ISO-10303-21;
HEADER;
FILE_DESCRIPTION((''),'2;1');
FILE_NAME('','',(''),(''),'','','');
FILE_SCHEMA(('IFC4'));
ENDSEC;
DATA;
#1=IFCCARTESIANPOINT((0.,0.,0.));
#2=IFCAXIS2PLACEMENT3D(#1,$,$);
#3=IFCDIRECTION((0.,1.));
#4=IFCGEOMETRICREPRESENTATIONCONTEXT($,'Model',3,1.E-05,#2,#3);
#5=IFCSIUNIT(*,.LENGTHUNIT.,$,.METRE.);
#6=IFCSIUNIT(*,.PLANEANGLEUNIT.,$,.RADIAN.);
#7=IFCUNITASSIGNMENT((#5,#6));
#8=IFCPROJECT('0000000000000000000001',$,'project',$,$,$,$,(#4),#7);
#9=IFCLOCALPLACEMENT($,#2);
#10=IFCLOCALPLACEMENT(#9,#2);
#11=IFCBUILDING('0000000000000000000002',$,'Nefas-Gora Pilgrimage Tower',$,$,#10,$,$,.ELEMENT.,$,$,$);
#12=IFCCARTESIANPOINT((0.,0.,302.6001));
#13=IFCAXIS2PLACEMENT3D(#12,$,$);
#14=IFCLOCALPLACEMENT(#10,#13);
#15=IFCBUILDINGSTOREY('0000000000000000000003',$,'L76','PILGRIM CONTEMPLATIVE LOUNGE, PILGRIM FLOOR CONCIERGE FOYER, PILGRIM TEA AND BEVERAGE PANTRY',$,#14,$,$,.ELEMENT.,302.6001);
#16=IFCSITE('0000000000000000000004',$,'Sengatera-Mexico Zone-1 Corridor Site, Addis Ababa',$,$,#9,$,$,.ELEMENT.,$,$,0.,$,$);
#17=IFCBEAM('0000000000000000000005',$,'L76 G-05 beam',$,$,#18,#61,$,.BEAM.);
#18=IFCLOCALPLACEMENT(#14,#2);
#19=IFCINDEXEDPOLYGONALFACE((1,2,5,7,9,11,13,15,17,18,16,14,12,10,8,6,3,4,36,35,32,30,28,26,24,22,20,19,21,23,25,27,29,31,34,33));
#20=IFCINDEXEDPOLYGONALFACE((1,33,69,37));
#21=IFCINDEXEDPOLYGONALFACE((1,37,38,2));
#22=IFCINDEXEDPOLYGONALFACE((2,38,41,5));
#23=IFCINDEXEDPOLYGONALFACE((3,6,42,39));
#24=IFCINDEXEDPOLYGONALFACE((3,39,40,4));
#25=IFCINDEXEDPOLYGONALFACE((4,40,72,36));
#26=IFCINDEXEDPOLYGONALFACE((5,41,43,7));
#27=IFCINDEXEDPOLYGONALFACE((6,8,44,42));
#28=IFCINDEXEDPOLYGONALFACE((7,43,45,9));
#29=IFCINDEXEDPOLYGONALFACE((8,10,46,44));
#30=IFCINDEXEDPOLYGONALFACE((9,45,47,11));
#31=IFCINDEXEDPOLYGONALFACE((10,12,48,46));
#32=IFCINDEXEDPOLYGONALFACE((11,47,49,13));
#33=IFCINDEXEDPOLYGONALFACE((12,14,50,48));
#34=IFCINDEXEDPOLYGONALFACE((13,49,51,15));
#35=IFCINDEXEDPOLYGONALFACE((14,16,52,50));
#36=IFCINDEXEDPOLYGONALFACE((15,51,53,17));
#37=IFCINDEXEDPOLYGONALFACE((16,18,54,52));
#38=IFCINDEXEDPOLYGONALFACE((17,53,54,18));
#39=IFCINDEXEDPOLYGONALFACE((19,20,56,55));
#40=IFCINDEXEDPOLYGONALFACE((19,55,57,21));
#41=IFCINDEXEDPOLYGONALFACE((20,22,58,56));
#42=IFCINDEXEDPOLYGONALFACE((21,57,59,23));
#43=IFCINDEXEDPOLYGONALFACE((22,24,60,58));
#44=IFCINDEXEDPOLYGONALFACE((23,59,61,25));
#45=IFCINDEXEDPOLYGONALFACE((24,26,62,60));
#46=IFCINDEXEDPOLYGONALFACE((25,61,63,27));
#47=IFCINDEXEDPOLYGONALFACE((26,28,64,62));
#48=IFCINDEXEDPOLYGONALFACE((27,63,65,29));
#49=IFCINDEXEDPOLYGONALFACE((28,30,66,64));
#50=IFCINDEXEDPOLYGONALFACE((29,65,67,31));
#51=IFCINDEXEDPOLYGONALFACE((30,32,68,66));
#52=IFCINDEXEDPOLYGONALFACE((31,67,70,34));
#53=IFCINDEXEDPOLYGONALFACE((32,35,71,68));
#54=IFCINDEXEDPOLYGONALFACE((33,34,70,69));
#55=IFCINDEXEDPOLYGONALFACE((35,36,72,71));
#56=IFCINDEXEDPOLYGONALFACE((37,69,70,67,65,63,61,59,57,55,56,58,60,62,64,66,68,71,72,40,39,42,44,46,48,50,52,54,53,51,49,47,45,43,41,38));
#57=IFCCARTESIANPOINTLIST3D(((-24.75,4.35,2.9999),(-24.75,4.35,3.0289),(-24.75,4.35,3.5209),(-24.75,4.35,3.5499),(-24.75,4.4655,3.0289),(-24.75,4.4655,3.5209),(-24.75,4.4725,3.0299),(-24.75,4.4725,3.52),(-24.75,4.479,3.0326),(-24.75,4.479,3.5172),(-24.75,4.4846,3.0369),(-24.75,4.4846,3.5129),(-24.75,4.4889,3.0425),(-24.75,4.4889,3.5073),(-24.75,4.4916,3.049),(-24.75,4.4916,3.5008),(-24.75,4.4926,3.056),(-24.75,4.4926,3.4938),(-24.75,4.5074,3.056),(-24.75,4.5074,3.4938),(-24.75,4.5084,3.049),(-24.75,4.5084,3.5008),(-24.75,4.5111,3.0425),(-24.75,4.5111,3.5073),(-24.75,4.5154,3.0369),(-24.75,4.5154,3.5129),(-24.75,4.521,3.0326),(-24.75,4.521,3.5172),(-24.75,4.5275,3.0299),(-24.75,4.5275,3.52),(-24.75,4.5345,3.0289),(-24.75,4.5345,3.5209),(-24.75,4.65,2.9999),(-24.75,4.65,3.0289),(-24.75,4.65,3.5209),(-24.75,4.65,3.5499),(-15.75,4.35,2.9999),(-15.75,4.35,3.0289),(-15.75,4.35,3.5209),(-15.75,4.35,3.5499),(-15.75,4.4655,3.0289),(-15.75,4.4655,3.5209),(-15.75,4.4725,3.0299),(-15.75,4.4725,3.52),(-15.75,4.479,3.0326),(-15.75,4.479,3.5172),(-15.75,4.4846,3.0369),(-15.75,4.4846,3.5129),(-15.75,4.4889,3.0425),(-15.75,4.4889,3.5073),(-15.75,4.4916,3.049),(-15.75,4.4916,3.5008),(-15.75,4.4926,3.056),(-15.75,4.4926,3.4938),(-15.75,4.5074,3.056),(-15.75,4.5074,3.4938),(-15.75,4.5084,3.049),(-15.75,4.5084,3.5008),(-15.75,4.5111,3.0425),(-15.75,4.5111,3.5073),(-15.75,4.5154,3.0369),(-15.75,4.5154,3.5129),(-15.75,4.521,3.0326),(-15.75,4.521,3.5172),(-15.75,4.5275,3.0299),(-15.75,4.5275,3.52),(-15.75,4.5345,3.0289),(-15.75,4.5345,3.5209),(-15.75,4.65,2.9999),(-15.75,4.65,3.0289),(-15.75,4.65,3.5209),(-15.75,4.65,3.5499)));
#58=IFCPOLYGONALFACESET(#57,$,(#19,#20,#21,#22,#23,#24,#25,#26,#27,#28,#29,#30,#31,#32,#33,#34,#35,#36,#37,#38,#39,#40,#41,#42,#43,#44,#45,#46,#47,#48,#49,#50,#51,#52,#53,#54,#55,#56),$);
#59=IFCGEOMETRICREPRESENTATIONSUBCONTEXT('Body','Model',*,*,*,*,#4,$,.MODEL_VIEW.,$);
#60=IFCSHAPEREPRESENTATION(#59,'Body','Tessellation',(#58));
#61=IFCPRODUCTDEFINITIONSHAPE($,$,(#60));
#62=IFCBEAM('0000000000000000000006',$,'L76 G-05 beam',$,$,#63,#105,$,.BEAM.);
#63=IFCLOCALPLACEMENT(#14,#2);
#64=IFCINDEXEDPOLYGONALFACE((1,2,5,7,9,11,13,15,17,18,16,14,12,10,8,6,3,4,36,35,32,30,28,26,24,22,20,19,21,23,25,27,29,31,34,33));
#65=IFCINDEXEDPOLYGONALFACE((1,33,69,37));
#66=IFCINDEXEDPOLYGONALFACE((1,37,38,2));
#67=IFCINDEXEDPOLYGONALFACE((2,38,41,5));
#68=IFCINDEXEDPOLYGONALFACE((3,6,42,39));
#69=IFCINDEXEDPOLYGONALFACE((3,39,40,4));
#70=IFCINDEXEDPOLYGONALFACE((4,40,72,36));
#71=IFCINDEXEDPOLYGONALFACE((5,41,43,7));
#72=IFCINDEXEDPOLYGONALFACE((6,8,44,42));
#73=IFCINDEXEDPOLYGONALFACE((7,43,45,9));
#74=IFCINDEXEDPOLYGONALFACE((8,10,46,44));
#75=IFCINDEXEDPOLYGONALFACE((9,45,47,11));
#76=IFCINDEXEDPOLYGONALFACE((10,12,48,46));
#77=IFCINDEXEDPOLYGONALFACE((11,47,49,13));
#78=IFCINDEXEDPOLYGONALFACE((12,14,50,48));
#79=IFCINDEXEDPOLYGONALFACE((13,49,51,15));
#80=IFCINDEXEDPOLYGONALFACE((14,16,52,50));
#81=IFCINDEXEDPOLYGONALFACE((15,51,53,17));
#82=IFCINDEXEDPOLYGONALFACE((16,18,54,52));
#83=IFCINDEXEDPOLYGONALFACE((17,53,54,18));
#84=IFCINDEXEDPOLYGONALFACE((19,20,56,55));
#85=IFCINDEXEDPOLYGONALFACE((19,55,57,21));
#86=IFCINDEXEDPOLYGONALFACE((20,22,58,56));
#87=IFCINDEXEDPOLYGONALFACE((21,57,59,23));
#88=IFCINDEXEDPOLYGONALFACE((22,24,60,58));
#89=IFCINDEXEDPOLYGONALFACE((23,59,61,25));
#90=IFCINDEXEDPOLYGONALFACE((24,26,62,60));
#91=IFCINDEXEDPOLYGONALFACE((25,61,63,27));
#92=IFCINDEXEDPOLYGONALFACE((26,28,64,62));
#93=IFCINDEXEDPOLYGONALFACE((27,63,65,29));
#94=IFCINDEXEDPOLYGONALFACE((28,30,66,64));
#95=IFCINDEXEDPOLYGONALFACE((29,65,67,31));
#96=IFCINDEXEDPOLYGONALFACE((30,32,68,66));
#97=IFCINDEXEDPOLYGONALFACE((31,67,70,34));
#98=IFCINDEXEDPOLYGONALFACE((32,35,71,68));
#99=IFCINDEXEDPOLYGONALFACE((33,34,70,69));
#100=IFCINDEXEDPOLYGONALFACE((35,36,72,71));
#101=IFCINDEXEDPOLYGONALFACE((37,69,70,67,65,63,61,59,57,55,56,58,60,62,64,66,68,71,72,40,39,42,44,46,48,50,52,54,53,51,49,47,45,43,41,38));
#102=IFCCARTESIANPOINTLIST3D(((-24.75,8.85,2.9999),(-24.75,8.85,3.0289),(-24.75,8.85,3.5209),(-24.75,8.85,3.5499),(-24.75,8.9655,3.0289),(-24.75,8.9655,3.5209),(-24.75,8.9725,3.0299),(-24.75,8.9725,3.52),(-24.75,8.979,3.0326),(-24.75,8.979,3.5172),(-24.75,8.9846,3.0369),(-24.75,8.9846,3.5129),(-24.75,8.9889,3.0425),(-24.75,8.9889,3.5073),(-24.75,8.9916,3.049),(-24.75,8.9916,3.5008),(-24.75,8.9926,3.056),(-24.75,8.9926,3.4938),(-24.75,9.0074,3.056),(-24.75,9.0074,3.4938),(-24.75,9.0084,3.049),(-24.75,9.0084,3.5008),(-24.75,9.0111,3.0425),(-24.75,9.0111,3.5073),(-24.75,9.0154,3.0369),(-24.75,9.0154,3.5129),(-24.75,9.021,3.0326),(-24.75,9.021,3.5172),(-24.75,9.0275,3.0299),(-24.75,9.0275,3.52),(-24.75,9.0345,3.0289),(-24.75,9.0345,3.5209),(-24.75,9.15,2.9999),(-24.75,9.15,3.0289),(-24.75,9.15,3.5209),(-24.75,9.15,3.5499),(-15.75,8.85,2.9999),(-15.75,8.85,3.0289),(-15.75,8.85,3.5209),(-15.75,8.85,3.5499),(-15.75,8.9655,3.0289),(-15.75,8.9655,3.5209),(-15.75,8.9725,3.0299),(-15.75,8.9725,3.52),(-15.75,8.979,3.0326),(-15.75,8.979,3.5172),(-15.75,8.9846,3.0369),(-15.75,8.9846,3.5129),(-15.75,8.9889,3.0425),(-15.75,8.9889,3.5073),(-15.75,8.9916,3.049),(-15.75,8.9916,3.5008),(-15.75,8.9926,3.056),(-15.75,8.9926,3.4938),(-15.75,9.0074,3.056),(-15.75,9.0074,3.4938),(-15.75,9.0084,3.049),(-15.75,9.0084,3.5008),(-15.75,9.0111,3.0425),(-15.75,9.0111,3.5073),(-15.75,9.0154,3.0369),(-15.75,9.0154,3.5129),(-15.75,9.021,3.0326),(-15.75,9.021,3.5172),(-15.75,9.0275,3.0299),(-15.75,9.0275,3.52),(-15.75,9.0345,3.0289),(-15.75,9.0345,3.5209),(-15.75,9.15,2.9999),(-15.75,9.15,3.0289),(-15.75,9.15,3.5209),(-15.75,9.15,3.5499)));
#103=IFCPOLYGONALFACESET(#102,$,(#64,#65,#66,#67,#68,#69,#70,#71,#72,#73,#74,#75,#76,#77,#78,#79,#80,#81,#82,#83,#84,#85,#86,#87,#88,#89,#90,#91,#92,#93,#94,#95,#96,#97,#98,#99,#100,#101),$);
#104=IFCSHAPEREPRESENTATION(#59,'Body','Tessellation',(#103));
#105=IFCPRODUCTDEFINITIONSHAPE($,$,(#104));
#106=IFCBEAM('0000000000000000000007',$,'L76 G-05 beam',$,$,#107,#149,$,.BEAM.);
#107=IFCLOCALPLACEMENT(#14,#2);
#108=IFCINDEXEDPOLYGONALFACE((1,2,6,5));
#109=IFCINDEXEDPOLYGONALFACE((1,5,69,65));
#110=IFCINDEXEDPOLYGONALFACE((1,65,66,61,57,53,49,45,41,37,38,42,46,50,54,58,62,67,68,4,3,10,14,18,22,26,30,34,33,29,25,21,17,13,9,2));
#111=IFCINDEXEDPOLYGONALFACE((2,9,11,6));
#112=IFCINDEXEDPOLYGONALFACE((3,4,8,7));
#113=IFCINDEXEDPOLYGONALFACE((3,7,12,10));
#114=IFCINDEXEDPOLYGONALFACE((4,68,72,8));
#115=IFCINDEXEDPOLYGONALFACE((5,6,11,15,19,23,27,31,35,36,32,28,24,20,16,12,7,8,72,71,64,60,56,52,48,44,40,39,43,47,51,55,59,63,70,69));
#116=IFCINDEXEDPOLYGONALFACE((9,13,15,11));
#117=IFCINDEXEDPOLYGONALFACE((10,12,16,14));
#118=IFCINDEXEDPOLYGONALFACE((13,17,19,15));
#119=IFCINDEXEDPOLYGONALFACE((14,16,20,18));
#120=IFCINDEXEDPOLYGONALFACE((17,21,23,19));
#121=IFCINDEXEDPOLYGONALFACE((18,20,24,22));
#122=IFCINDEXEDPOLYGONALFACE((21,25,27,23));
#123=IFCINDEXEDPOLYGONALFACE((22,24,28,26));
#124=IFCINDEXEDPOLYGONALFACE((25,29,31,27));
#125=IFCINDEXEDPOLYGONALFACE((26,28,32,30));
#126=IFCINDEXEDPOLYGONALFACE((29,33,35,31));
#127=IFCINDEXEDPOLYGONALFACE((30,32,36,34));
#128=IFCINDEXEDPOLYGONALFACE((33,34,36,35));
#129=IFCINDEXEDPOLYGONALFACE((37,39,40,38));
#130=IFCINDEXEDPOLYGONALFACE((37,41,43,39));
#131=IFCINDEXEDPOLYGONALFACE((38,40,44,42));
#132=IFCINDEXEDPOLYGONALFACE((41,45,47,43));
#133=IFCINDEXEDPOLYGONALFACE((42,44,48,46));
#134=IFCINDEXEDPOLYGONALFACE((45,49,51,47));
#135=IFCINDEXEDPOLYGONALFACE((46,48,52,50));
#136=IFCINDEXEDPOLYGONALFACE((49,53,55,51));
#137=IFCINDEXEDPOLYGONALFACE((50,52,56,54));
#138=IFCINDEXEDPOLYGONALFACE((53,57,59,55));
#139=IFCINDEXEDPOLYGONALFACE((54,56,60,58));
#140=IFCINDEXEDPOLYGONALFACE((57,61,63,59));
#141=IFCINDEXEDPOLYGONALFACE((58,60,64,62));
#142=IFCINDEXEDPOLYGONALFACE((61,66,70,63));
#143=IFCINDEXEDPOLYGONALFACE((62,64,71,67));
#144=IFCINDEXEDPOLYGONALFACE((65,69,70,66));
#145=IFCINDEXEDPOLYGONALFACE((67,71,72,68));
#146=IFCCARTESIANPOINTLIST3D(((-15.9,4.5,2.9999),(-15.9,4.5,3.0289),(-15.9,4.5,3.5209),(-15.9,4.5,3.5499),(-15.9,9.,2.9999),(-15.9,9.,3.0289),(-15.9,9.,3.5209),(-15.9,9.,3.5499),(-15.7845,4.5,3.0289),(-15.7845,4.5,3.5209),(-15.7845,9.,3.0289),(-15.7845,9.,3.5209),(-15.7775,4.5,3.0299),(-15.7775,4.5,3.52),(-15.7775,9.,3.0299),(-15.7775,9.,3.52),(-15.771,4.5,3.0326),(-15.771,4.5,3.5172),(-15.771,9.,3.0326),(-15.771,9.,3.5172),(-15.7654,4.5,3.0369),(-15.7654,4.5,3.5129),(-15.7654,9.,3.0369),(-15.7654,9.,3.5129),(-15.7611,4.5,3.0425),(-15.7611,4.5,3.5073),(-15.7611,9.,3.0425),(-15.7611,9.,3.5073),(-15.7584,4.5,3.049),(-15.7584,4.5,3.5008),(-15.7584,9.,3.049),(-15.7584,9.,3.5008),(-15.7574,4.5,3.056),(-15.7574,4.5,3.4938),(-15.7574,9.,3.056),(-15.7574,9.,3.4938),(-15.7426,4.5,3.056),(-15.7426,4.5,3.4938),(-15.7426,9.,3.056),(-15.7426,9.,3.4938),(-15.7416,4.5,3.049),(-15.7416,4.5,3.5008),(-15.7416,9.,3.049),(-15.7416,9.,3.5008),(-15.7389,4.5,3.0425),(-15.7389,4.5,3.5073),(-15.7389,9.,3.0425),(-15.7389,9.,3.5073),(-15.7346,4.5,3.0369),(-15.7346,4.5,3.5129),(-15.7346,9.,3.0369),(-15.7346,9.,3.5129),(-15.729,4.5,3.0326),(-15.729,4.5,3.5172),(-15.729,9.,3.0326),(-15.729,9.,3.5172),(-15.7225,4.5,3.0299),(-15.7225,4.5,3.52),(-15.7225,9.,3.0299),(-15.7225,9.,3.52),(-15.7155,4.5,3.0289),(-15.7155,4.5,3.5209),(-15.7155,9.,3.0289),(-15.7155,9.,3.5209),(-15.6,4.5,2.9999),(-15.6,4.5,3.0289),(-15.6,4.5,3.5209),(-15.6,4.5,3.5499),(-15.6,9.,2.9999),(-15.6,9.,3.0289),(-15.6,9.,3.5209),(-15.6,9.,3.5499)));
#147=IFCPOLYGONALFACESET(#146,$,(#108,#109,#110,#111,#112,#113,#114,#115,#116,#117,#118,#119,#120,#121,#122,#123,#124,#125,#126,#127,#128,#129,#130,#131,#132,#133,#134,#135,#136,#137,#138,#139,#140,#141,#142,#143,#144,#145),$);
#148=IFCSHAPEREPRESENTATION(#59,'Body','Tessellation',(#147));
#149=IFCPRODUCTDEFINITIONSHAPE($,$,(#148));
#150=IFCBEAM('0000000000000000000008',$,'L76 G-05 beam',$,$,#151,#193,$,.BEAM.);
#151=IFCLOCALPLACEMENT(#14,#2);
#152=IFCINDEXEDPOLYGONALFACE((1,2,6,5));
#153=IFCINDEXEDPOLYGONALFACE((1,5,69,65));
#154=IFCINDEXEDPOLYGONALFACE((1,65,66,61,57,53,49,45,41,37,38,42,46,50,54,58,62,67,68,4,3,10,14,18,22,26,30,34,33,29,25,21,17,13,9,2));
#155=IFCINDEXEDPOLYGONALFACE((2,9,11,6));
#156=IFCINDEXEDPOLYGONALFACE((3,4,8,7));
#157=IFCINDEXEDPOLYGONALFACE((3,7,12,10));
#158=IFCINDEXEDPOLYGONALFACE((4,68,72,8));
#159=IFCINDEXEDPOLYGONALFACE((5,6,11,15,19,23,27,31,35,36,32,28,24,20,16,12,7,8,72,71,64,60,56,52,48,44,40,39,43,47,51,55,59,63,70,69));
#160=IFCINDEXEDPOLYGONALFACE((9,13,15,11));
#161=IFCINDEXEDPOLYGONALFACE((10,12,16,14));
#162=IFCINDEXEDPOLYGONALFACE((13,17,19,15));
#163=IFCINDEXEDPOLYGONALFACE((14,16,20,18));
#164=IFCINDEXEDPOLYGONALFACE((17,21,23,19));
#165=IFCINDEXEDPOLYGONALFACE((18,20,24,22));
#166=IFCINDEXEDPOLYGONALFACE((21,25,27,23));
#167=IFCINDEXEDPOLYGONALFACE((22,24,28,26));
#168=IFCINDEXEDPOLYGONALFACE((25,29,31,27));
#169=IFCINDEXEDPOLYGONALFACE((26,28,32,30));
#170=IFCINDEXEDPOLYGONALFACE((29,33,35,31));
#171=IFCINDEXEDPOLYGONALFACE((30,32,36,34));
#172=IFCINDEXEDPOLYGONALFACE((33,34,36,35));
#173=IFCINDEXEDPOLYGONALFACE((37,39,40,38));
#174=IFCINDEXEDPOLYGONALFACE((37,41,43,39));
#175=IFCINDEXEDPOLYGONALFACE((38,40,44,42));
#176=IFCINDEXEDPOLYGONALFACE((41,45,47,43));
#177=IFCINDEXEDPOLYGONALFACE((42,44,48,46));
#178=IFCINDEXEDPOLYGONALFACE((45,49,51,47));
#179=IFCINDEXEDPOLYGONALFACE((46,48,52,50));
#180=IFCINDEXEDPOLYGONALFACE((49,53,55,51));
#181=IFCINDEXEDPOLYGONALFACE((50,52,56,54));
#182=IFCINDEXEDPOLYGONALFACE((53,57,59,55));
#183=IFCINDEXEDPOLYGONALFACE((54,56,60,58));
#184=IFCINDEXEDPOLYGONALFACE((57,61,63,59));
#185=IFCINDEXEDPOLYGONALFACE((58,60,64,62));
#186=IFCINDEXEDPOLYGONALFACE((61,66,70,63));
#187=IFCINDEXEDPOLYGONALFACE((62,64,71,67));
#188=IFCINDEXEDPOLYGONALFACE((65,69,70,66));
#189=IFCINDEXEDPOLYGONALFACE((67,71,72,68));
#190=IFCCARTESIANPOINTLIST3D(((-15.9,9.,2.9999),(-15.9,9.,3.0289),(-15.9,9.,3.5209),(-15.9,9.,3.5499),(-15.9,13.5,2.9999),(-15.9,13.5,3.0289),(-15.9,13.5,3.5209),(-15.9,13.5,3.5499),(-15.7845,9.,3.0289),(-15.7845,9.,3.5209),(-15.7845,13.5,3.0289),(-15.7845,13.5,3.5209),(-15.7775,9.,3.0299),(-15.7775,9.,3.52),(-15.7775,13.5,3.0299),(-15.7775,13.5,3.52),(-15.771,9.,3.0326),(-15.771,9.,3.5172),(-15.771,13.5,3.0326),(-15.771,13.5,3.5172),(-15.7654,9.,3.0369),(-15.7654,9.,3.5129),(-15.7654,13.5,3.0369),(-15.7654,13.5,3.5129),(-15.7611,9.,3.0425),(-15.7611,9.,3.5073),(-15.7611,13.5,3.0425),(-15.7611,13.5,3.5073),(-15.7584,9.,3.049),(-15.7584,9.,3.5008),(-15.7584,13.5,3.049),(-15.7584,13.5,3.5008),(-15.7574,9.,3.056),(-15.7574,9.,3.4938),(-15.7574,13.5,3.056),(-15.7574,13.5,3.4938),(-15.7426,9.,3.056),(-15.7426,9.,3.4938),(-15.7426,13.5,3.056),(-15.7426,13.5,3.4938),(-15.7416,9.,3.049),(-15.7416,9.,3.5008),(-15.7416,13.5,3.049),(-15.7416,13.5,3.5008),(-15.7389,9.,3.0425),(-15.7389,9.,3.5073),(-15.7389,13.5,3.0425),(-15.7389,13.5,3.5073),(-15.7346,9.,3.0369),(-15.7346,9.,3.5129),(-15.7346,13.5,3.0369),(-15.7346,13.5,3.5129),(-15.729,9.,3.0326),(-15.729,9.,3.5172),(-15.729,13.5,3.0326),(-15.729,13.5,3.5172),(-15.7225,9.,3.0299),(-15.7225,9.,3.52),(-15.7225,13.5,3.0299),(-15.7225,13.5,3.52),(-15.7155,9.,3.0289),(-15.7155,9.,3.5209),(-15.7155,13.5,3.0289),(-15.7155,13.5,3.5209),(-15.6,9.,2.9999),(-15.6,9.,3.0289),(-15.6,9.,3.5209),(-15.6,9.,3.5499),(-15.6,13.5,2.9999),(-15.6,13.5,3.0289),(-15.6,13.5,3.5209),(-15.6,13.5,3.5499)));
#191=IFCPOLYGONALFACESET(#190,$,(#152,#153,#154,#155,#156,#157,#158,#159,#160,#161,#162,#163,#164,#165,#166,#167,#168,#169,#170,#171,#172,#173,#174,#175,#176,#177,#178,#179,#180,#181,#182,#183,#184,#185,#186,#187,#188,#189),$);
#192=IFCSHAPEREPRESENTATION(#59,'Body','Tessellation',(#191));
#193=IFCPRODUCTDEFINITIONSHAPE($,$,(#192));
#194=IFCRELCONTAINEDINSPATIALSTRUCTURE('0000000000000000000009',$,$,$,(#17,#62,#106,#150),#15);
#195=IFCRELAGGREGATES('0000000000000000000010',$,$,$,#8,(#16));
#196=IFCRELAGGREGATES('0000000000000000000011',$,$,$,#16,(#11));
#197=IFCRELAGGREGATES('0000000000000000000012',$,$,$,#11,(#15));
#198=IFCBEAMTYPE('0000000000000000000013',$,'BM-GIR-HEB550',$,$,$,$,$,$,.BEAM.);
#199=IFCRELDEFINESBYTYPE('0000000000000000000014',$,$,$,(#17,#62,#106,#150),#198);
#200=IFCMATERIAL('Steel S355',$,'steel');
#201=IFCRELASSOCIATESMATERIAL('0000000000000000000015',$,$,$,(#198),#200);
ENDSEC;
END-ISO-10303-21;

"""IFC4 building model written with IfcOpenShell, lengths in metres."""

from ifc_helpers import new_model, si_unit, direction, frame, origin, origin_2d, place, context, subcontext, project, spatial, i_section, extrude, source, transform, mapped, material, material_profile, profile_set, type_object, element, save


model = new_model("IFC4")

# Units and contexts
model_context = context("Model", 3, precision=1e-05, world=origin(), true_north=direction((0.0, 1.0)))
body_context = subcontext(model_context, "Body", "Model", "MODEL_VIEW")
ifc_project = project(units=[si_unit("LENGTHUNIT", "METRE"), si_unit("PLANEANGLEUNIT", "RADIAN")], contexts=[model_context])

# Site, building, storey
site_placement = place(None, origin())
site = spatial("IfcSite", under=ifc_project, at=site_placement, Name="Sengatera-Mexico Zone-1 Corridor Site, Addis Ababa", CompositionType="ELEMENT", RefElevation=0.0)
building_placement = place(site_placement, origin())
building = spatial("IfcBuilding", under=site, at=building_placement, Name="Nefas-Gora Pilgrimage Tower", CompositionType="ELEMENT")
storey_placement = place(building_placement, frame((0.0, 0.0, 302.6001)))
storey = spatial("IfcBuildingStorey", under=building, at=storey_placement, Name="L76", Description="PILGRIM CONTEMPLATIVE LOUNGE, PILGRIM FLOOR CONCIERGE FOYER, PILGRIM TEA AND BEVERAGE PANTRY", CompositionType="ELEMENT", Elevation=302.6001)

# Shared definitions
ifc_material_1 = material(Name="Steel S355", Category="steel")

# Beams
ifc_material_profile_1 = material_profile(ifc_material_1, i_section(OverallWidth=0.3, OverallDepth=0.55, WebThickness=0.0149, FlangeThickness=0.0291, FilletRadius=0.0271, at=origin_2d()), Name="HEB 550")
ifc_profile_set_1 = profile_set([ifc_material_profile_1], Name="Steel S355")
beam_type_1 = type_object("IfcBeamType", Name="BM-GIR-HEB550", PredefinedType="BEAM", material=ifc_profile_set_1)
shared_shape_1 = source(origin(), body_context, "Body", "SweptSolid", [
    extrude(i_section(OverallWidth=0.3, OverallDepth=0.55, WebThickness=0.0149, FlangeThickness=0.0291, FilletRadius=0.0271, at=origin_2d()), origin(), (0.0, 0.0, 1.0), 9.0),
])
for number, where, z_axis, x_axis, name in (
    (1, (-24.75, 4.5, 3.2749), (1.0, 0.0, 0.0), (0.0, 1.0, 0.0), "L76 G-05 beam"),
    (2, (-24.75, 9.0, 3.2749), (1.0, 0.0, 0.0), (0.0, 1.0, 0.0), "L76 G-05 beam"),
):
    element("IfcBeam", number, at=place(storey_placement, frame(where, z_axis=z_axis, x_axis=x_axis)), inside=storey, type_object=beam_type_1, Name=name, PredefinedType="BEAM", context=body_context, shape_type="MappedRepresentation", body=[
        mapped(shared_shape_1, transform((0.0, 0.0, 0.0), x_axis=(1.0, 0.0, 0.0), y_axis=(0.0, 1.0, 0.0), z_axis=(0.0, 0.0, 1.0), scale=1.0)),
    ])
shared_shape_2 = source(origin(), body_context, "Body", "SweptSolid", [
    extrude(i_section(OverallWidth=0.3, OverallDepth=0.55, WebThickness=0.0149, FlangeThickness=0.0291, FilletRadius=0.0271, at=origin_2d()), origin(), (0.0, 0.0, 1.0), 4.5),
])
for number, where, z_axis, x_axis, name in (
    (3, (-15.75, 4.5, 3.2749), (0.0, 1.0, 0.0), (-1.0, 0.0, 0.0), "L76 G-05 beam"),
    (4, (-15.75, 9.0, 3.2749), (0.0, 1.0, 0.0), (-1.0, 0.0, 0.0), "L76 G-05 beam"),
):
    element("IfcBeam", number, at=place(storey_placement, frame(where, z_axis=z_axis, x_axis=x_axis)), inside=storey, type_object=beam_type_1, Name=name, PredefinedType="BEAM", context=body_context, shape_type="MappedRepresentation", body=[
        mapped(shared_shape_2, transform((0.0, 0.0, 0.0), x_axis=(1.0, 0.0, 0.0), y_axis=(0.0, 1.0, 0.0), z_axis=(0.0, 0.0, 1.0), scale=1.0)),
    ])

save(model, "model.ifc")
